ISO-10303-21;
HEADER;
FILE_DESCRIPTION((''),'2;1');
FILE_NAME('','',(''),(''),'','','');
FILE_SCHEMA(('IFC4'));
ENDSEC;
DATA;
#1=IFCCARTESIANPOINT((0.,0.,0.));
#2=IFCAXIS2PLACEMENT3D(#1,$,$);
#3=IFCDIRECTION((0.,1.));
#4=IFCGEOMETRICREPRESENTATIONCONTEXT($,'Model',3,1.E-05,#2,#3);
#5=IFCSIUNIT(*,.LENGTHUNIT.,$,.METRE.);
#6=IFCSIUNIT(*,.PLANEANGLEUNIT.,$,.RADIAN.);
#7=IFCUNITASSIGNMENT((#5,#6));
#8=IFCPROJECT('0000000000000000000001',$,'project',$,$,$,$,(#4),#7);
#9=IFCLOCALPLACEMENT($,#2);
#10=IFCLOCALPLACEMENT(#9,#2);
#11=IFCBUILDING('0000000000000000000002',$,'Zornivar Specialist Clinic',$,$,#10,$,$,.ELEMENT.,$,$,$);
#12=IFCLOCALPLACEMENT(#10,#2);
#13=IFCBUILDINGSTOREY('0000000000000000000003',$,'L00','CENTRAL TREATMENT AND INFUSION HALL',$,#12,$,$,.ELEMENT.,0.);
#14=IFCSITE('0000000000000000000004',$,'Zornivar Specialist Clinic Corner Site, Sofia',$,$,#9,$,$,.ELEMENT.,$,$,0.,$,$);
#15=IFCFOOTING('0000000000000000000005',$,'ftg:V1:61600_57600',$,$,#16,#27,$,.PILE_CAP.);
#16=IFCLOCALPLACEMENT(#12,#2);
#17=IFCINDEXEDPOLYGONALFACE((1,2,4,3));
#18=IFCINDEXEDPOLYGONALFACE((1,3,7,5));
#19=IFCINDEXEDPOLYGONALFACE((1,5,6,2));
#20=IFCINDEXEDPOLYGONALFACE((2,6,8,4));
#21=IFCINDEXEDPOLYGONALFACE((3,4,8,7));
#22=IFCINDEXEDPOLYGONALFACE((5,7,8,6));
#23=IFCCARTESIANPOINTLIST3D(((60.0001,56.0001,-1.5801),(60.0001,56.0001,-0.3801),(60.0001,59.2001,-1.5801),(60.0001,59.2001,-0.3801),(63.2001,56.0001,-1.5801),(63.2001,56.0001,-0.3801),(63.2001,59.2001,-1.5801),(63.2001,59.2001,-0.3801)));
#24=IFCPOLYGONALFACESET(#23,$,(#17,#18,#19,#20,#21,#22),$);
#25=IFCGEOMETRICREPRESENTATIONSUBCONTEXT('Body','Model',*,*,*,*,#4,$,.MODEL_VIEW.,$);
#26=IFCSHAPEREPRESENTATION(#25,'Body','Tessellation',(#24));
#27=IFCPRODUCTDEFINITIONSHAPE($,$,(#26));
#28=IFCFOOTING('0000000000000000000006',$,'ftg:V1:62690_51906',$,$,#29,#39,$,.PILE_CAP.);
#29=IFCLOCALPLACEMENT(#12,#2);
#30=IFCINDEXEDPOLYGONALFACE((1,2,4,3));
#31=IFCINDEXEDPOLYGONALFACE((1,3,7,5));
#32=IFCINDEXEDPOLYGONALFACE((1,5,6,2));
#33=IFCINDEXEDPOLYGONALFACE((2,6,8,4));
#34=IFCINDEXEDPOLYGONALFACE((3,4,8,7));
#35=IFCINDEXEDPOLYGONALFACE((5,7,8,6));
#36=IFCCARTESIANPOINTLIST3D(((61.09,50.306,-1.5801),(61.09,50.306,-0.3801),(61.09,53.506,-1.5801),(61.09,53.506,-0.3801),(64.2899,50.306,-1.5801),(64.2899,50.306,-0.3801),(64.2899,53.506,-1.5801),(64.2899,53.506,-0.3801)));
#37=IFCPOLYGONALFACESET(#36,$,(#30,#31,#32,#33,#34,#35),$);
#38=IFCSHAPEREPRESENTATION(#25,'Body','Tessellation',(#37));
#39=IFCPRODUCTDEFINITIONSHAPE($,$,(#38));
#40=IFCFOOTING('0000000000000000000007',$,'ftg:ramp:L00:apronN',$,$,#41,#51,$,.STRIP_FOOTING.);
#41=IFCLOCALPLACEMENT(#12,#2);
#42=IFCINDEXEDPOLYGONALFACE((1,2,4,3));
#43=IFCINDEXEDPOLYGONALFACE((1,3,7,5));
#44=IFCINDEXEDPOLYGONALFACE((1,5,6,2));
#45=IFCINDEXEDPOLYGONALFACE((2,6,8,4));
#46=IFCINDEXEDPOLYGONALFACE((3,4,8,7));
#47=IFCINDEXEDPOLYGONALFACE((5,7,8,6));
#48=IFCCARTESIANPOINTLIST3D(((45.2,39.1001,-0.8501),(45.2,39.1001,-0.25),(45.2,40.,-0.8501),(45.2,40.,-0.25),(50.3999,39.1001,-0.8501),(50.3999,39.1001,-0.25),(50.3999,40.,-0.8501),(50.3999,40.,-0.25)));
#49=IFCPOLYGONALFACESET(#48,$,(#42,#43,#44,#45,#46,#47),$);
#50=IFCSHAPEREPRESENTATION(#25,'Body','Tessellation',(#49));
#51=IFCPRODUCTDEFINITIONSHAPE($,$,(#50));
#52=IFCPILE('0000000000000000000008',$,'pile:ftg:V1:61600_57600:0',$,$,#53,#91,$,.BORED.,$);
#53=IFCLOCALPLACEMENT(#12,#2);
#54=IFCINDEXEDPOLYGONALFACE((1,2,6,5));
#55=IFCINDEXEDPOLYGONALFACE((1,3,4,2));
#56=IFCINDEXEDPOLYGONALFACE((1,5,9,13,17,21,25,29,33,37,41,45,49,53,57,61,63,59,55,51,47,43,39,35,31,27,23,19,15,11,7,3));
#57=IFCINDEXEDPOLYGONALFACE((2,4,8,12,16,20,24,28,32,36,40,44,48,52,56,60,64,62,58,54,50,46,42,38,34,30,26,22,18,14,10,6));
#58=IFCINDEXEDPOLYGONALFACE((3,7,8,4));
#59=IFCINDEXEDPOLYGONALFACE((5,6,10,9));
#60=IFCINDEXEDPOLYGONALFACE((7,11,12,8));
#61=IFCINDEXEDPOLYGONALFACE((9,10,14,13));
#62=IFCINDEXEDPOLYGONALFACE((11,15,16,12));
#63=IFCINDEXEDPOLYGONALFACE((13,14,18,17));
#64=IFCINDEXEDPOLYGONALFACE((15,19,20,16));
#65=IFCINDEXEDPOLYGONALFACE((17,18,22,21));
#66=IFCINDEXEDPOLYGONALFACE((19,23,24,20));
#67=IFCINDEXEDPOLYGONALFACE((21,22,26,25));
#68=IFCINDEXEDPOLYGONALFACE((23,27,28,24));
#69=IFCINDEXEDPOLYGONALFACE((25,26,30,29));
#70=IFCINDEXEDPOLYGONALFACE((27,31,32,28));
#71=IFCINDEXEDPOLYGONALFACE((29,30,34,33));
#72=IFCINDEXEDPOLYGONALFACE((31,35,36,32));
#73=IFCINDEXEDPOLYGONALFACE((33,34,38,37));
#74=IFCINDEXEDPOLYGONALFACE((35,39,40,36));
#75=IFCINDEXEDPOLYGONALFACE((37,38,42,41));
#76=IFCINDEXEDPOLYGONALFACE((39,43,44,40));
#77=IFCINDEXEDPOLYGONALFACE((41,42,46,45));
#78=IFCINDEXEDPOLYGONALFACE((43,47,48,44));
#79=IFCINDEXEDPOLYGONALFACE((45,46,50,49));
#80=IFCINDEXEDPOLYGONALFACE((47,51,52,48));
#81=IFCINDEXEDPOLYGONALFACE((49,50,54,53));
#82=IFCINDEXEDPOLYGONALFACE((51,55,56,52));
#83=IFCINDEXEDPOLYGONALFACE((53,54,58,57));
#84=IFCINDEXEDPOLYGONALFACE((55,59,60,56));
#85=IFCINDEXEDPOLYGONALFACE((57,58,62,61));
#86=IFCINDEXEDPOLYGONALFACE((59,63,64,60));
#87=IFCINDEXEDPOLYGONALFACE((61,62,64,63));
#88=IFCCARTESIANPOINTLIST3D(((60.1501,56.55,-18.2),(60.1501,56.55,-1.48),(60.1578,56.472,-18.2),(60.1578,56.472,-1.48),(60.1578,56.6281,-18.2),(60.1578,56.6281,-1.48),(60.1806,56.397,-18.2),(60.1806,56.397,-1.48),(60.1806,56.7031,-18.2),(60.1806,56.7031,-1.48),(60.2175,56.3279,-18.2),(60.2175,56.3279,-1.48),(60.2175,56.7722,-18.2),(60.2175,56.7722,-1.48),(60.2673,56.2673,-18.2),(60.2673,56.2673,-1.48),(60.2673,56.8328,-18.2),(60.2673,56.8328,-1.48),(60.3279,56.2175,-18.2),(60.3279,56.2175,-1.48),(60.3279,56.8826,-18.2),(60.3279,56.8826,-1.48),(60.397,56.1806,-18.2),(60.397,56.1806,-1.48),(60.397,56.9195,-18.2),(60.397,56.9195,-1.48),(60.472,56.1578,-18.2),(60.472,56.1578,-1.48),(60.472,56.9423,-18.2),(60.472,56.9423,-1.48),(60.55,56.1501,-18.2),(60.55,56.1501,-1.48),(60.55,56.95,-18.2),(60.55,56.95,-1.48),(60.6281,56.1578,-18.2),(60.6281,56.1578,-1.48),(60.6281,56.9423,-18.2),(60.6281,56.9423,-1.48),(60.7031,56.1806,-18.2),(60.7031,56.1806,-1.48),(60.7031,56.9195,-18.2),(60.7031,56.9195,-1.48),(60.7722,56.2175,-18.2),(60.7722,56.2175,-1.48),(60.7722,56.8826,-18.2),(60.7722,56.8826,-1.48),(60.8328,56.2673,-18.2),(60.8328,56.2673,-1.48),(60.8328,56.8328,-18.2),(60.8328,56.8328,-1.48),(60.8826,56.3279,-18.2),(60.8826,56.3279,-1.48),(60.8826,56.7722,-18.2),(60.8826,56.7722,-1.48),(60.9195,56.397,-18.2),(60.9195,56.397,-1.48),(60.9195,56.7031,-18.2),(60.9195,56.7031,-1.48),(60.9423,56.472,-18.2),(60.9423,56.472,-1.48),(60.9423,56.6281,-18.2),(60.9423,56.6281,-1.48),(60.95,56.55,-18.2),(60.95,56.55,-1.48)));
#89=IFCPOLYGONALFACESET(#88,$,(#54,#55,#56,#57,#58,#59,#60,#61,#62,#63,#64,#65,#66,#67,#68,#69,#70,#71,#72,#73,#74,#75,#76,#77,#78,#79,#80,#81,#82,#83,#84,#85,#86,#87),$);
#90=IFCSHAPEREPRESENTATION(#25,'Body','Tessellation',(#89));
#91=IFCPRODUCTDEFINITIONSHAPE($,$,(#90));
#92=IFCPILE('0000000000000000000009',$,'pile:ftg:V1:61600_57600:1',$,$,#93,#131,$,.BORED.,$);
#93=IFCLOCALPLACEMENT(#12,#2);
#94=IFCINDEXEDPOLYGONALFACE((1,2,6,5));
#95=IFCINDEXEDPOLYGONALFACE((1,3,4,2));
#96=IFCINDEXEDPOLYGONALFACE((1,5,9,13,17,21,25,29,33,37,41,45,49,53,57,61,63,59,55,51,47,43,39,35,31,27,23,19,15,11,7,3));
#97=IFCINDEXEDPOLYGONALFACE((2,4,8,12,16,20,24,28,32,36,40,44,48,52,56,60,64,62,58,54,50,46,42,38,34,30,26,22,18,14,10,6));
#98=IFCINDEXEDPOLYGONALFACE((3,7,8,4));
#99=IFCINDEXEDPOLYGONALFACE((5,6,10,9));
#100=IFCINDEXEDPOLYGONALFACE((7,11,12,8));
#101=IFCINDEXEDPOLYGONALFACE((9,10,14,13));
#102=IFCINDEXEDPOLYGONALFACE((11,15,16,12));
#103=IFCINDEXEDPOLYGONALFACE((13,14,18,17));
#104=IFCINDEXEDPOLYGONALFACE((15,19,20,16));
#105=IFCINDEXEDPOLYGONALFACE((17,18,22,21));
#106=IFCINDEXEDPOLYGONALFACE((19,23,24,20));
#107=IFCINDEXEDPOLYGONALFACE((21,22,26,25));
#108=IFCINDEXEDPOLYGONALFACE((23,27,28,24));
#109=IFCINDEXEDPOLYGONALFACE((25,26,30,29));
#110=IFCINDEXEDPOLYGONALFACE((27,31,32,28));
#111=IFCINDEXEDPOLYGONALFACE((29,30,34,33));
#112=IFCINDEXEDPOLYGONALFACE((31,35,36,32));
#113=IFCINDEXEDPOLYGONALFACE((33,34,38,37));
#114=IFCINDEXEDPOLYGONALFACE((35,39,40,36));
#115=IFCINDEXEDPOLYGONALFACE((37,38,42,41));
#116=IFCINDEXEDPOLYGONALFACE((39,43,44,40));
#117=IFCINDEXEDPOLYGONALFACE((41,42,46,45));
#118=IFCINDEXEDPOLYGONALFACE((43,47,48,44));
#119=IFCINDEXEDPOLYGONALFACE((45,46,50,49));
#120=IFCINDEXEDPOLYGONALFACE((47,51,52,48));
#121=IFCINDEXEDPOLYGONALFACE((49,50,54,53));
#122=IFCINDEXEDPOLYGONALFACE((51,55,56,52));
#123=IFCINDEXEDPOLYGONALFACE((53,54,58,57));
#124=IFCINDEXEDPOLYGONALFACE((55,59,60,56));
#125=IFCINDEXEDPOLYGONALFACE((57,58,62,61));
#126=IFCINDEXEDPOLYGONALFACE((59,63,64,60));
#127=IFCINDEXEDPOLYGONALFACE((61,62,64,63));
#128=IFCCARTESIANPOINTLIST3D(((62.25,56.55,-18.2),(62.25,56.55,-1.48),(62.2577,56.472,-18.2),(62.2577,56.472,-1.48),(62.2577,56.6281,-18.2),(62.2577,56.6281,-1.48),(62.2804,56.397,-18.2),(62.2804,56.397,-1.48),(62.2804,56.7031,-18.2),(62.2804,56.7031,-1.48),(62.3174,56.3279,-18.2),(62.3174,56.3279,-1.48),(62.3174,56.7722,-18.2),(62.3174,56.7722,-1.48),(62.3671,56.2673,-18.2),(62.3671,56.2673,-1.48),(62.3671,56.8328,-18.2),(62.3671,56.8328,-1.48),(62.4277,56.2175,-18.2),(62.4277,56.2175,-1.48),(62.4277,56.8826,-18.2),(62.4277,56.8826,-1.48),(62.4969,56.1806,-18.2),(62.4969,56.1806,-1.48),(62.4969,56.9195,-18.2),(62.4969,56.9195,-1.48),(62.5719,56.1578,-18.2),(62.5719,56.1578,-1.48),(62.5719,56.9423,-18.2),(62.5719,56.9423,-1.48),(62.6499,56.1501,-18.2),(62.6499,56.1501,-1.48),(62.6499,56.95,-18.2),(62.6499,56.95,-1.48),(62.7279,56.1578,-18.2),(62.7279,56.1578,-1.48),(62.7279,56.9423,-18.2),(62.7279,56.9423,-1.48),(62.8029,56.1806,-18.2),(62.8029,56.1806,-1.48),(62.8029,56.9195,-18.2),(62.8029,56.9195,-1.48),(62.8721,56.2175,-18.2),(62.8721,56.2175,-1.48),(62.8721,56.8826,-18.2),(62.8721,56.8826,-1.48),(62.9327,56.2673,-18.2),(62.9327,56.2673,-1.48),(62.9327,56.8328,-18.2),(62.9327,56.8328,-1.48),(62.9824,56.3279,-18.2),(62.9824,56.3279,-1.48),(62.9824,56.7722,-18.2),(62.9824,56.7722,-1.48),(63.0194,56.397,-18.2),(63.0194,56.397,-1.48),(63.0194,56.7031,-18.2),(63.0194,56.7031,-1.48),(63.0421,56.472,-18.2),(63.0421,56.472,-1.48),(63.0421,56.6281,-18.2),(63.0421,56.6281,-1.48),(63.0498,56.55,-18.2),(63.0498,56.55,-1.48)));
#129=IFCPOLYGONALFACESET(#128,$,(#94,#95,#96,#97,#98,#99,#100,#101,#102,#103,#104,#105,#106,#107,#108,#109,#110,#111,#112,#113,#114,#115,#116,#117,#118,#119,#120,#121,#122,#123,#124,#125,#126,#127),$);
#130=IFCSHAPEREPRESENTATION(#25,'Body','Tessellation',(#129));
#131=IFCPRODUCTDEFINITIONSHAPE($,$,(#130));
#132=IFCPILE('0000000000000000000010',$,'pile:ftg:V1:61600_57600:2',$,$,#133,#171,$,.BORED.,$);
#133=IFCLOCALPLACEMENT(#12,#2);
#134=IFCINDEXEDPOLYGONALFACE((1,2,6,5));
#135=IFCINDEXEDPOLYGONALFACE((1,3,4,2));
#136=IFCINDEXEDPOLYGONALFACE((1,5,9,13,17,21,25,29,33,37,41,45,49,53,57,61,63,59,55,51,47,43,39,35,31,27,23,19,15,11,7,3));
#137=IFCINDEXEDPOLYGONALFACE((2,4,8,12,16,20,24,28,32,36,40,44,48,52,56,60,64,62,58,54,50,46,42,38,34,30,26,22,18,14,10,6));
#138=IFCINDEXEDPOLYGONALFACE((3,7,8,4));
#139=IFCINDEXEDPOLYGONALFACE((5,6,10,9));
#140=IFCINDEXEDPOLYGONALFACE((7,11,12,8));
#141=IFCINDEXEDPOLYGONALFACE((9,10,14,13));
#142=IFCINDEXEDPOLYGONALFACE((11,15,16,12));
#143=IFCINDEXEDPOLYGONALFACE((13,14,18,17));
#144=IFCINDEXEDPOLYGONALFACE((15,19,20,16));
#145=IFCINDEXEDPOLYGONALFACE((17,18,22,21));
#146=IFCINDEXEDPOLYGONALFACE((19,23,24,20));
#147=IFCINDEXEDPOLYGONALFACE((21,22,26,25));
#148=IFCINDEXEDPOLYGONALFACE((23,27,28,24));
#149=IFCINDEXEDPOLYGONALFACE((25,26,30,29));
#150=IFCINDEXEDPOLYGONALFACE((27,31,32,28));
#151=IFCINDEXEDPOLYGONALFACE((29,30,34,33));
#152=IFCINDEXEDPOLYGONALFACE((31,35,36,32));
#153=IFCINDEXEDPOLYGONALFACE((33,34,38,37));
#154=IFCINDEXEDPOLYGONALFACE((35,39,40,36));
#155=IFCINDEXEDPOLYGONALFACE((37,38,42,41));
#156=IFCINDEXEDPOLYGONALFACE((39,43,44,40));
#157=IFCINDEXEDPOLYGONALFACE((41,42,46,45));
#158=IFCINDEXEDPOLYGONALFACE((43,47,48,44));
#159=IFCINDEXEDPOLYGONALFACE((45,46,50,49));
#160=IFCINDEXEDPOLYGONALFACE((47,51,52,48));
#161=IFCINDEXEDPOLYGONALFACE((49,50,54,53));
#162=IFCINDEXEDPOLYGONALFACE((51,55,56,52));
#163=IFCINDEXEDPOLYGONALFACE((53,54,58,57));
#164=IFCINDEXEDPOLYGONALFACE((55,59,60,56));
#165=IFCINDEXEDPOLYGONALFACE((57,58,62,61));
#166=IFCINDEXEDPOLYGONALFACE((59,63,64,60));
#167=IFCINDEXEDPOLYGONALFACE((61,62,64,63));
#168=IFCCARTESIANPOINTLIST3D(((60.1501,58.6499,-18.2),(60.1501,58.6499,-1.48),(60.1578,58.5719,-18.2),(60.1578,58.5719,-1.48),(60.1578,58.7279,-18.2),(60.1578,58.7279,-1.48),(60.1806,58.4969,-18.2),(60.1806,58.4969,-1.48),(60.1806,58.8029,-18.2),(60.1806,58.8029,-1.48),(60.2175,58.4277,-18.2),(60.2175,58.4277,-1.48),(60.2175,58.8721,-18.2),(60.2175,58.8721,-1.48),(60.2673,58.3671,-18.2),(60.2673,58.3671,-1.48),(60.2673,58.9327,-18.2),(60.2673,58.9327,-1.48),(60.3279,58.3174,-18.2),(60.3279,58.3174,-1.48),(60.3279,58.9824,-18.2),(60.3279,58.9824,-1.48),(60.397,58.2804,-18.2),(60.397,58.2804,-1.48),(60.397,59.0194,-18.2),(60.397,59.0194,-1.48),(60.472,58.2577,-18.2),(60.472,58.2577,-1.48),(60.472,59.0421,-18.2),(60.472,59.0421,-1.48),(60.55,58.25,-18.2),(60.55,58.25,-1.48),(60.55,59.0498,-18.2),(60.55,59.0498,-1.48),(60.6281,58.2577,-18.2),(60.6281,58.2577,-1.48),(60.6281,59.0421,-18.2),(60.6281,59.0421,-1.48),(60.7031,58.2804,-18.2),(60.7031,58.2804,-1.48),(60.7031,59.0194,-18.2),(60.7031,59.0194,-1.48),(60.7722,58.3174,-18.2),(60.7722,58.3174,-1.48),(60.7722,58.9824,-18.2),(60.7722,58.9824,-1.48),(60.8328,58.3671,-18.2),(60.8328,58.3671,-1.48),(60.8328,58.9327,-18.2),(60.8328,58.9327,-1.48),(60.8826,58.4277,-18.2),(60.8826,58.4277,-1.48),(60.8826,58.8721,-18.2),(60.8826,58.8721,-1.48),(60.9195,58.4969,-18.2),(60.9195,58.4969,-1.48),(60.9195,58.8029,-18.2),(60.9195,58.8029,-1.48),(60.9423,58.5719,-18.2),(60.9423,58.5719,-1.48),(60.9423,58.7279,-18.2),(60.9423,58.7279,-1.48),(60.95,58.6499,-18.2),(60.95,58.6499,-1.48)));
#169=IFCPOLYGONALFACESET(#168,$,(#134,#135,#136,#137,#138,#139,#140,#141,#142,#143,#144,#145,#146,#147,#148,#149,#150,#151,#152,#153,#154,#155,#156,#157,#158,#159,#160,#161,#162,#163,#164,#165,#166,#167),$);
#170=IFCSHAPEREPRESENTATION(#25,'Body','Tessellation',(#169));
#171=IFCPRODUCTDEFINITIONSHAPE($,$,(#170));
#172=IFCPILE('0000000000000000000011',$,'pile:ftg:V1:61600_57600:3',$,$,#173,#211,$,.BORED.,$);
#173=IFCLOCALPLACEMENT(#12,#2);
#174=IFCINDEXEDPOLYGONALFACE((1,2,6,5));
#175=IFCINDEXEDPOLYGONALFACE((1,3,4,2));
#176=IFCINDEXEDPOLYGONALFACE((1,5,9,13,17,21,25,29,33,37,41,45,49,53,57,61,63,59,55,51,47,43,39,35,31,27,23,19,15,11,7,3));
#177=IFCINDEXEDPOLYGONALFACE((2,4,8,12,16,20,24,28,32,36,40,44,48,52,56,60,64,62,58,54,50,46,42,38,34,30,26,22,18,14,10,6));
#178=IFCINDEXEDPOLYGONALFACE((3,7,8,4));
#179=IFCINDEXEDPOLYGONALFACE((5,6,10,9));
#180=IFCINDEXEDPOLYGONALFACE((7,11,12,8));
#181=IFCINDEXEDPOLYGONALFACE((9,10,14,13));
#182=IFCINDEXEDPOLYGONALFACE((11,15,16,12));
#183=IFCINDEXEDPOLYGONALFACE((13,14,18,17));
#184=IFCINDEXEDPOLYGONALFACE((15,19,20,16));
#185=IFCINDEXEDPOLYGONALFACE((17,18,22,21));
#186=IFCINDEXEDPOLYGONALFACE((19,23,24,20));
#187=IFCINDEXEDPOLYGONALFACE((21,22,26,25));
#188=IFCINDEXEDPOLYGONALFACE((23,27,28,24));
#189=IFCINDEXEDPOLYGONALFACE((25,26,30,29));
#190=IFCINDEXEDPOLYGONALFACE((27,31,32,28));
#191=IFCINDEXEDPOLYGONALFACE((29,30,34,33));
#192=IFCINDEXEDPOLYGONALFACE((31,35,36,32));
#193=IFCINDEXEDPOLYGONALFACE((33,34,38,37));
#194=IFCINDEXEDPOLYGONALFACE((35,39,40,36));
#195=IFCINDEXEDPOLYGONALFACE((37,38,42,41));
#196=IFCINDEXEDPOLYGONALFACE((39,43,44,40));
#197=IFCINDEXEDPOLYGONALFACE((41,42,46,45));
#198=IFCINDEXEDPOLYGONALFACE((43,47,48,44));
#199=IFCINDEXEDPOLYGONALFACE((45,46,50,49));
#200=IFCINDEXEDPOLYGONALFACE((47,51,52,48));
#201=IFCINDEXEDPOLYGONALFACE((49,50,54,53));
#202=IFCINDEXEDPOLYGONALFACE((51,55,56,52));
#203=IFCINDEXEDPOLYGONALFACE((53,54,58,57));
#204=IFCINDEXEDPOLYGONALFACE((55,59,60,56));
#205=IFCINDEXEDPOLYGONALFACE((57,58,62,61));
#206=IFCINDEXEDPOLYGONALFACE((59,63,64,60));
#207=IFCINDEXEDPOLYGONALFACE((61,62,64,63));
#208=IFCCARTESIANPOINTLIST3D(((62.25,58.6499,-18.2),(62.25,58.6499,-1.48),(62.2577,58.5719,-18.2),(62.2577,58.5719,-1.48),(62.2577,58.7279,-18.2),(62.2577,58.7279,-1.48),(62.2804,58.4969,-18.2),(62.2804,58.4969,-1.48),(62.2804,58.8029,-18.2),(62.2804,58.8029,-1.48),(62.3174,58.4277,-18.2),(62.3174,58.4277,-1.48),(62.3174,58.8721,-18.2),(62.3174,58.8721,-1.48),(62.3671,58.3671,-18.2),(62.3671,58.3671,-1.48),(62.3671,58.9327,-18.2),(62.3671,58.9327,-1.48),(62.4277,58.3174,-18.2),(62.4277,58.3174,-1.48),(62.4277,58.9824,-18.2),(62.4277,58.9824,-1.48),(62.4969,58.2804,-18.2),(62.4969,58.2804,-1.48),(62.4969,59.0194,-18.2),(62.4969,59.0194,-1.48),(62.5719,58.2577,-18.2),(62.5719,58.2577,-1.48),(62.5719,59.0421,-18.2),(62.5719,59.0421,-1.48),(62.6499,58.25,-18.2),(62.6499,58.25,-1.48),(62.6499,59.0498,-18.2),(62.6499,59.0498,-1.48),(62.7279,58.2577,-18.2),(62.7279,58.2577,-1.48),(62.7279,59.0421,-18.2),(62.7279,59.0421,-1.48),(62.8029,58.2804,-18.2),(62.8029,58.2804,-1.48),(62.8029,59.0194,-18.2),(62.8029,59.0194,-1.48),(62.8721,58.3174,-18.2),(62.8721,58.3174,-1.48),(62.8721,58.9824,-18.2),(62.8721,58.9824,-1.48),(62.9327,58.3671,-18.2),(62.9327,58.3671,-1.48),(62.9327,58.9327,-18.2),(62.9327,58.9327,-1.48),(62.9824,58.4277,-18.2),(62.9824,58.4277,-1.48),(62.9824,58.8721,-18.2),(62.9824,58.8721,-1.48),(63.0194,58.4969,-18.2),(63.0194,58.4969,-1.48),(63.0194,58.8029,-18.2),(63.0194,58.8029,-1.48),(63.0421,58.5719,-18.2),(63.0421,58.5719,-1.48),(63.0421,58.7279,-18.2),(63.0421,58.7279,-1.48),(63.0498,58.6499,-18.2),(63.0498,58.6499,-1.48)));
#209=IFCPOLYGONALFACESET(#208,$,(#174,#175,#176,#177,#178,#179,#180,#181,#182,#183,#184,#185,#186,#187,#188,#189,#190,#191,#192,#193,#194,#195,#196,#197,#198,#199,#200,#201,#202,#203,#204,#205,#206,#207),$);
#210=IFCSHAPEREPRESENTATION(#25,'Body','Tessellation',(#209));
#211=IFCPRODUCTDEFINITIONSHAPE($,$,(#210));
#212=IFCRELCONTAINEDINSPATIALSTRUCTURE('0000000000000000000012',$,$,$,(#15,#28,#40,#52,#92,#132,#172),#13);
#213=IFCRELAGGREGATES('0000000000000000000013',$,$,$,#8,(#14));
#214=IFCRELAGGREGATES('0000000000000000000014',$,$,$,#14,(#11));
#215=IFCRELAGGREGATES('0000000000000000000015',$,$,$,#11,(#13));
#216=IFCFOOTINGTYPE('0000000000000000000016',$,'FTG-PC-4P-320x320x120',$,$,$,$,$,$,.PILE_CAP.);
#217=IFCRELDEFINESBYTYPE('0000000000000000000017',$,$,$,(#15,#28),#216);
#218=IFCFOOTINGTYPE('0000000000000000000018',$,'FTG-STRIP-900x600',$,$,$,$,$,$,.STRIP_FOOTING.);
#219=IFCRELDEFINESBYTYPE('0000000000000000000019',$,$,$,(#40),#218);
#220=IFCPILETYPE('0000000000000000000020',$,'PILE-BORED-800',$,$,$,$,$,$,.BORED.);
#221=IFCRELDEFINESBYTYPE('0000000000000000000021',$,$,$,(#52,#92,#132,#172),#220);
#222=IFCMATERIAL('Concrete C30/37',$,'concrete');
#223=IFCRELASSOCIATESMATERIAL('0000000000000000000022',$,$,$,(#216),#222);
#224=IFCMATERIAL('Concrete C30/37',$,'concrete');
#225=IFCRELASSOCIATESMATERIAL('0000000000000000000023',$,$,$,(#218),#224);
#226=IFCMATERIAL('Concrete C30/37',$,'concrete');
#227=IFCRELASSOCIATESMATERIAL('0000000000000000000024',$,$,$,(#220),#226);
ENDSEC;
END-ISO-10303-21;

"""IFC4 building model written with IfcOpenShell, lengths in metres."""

from ifc_helpers import new_model, si_unit, direction, frame, origin, origin_2d, place, context, subcontext, project, spatial, rectangle, circle, extrude, material, material_profile, profile_set, type_object, element, save


model = new_model("IFC4")

# Units and contexts
model_context = context("Model", 3, precision=1e-05, world=origin(), true_north=direction((0.0, 1.0)))
body_context = subcontext(model_context, "Body", "Model", "MODEL_VIEW")
ifc_project = project(units=[si_unit("LENGTHUNIT", "METRE"), si_unit("PLANEANGLEUNIT", "RADIAN")], contexts=[model_context])

# Site, building, storey
site_placement = place(None, origin())
site = spatial("IfcSite", under=ifc_project, at=site_placement, Name="Zornivar Specialist Clinic Corner Site, Sofia", CompositionType="ELEMENT", RefElevation=0.0)
building_placement = place(site_placement, origin())
building = spatial("IfcBuilding", under=site, at=building_placement, Name="Zornivar Specialist Clinic", CompositionType="ELEMENT")
storey_placement = place(building_placement, origin())
storey = spatial("IfcBuildingStorey", under=building, at=storey_placement, Name="L00", Description="CENTRAL TREATMENT AND INFUSION HALL", CompositionType="ELEMENT", Elevation=0.0)

# Footings
ifc_material_1 = material(Name="Concrete C30/37", Category="concrete")
footing_type_1 = type_object("IfcFootingType", Name="FTG-PC-4P-320x320x120", PredefinedType="PILE_CAP", material=ifc_material_1)
for number, where, z_axis, x_axis, name in (
    (1, (61.6001, 57.6001, -1.5801), (0.0, 0.0, 1.0), (1.0, 0.0, 0.0), "ftg:V1:61600_57600"),
    (2, (62.6899, 51.906, -1.5801), (0.0, 0.0, 1.0), (1.0, 0.0, 0.0), "ftg:V1:62690_51906"),
):
    element("IfcFooting", number, at=place(storey_placement, frame(where, z_axis=z_axis, x_axis=x_axis)), inside=storey, type_object=footing_type_1, Name=name, PredefinedType="PILE_CAP", context=body_context, shape_type="SweptSolid", body=[
        extrude(rectangle(XDim=3.2, YDim=3.2, at=origin_2d()), origin(), (0.0, 0.0, 1.0), 1.2),
    ])
ifc_material_2 = material(Name="Concrete C30/37", Category="concrete")
ifc_material_profile_1 = material_profile(ifc_material_2, rectangle(XDim=0.8999, YDim=0.6001, at=origin_2d()), Name="RC 900x600")
ifc_profile_set_1 = profile_set([ifc_material_profile_1], Name="Concrete C30/37")
footing_type_2 = type_object("IfcFootingType", Name="FTG-STRIP-900x600", PredefinedType="STRIP_FOOTING", material=ifc_profile_set_1)
footing_placement = place(storey_placement, frame((45.2, 39.55, -0.55), z_axis=(1.0, 0.0, 0.0), x_axis=(0.0, 1.0, 0.0)))
element("IfcFooting", 3, at=footing_placement, inside=storey, type_object=footing_type_2, Name="ftg:ramp:L00:apronN", PredefinedType="STRIP_FOOTING", context=body_context, shape_type="SweptSolid", body=[
    extrude(rectangle(XDim=0.8999, YDim=0.6001, at=origin_2d()), origin(), (0.0, 0.0, 1.0), 5.2),
])

# Piles
ifc_material_3 = material(Name="Concrete C30/37", Category="concrete")
ifc_material_profile_2 = material_profile(ifc_material_3, circle(Radius=0.3999, at=origin_2d()), Name="PILE D800")
ifc_profile_set_2 = profile_set([ifc_material_profile_2], Name="Concrete C30/37")
pile_type = type_object("IfcPileType", Name="PILE-BORED-800", PredefinedType="BORED", material=ifc_profile_set_2)
for number, where, z_axis, x_axis, name in (
    (4, (60.55, 56.55, -1.48), (0.0, 0.0, -1.0), (1.0, 0.0, 0.0), "pile:ftg:V1:61600_57600:0"),
    (5, (62.6499, 56.55, -1.48), (0.0, 0.0, -1.0), (1.0, 0.0, 0.0), "pile:ftg:V1:61600_57600:1"),
    (6, (60.55, 58.6499, -1.48), (0.0, 0.0, -1.0), (1.0, 0.0, 0.0), "pile:ftg:V1:61600_57600:2"),
    (7, (62.6499, 58.6499, -1.48), (0.0, 0.0, -1.0), (1.0, 0.0, 0.0), "pile:ftg:V1:61600_57600:3"),
):
    element("IfcPile", number, at=place(storey_placement, frame(where, z_axis=z_axis, x_axis=x_axis)), inside=storey, type_object=pile_type, Name=name, PredefinedType="BORED", context=body_context, shape_type="SweptSolid", body=[
        extrude(circle(Radius=0.3999, at=origin_2d()), origin(), (0.0, 0.0, 1.0), 16.72),
    ])

save(model, "model.ifc")
